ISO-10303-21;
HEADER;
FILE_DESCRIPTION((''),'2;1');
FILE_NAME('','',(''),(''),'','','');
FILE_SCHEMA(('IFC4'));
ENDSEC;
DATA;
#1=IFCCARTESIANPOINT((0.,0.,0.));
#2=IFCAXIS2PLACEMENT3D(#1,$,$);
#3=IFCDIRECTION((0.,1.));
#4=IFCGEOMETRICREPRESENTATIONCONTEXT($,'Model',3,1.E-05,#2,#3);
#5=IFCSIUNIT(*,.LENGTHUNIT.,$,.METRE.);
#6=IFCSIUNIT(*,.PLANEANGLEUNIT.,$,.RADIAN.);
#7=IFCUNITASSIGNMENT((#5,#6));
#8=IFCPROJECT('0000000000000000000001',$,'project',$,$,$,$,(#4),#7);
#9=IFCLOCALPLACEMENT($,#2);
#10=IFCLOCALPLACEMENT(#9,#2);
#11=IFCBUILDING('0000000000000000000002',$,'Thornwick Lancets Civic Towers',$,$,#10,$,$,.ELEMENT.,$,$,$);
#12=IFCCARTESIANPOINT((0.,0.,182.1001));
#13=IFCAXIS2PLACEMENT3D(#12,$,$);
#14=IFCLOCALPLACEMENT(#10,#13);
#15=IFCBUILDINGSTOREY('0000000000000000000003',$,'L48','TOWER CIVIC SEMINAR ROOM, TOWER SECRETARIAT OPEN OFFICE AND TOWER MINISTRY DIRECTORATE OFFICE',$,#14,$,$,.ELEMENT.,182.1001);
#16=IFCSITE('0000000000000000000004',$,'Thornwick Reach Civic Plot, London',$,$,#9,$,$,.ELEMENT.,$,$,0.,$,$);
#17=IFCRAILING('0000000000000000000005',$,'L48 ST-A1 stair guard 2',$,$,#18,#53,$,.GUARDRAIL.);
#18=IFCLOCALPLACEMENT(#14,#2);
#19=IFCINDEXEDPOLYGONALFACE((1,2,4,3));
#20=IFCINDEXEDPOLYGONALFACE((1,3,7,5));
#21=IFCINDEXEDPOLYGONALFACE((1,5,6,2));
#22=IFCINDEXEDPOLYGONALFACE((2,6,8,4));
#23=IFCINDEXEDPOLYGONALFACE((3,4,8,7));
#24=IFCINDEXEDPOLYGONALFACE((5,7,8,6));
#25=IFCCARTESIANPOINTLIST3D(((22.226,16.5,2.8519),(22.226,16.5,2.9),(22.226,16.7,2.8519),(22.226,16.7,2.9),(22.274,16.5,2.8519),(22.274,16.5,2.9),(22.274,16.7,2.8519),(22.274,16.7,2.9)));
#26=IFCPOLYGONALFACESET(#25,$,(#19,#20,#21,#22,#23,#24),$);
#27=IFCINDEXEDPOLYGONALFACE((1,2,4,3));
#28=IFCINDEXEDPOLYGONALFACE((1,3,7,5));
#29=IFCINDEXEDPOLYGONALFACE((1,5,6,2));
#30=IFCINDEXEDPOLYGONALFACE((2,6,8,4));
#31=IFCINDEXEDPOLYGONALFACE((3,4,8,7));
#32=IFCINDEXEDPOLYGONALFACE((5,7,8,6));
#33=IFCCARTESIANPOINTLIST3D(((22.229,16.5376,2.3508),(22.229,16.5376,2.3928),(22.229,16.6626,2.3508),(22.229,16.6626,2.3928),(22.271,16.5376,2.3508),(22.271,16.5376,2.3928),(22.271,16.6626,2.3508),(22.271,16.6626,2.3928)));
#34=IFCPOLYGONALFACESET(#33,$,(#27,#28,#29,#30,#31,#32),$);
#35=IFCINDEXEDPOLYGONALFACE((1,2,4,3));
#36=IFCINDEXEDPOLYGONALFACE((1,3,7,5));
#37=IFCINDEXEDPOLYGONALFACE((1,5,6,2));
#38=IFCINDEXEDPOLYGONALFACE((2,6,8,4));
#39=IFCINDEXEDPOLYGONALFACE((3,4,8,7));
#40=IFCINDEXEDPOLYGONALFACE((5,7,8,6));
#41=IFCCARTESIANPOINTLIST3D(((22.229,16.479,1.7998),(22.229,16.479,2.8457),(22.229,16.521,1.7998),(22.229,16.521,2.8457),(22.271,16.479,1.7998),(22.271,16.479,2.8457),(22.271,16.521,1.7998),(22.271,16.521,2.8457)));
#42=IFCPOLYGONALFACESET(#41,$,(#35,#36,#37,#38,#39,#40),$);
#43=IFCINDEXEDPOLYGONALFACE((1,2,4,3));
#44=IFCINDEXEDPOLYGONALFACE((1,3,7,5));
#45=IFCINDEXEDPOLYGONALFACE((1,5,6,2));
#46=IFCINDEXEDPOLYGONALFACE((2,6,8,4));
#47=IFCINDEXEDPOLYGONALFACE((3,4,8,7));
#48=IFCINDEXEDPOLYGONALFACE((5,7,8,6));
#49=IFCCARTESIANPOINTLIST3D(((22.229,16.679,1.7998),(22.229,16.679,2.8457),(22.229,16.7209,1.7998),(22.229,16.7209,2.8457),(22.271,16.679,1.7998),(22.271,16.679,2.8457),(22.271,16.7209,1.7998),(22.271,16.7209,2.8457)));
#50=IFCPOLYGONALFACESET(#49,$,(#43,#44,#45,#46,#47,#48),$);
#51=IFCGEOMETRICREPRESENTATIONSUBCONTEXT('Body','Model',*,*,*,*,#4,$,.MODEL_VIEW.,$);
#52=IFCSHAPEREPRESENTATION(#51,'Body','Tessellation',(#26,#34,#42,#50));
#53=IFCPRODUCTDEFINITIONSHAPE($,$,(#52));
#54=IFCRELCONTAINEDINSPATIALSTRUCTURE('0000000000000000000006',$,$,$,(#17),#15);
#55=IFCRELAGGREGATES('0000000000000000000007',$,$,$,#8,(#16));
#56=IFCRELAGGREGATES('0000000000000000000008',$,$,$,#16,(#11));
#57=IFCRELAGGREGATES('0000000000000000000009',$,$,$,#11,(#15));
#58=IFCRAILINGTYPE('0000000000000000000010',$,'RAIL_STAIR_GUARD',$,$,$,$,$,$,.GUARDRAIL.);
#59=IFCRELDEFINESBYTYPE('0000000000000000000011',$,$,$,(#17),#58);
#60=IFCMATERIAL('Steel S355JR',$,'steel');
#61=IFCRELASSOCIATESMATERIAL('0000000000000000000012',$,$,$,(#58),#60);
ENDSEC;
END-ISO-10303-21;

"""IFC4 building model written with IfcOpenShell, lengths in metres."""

from ifc_helpers import new_model, si_unit, direction, frame, origin, origin_2d, place, context, subcontext, project, spatial, rectangle, extrude, material, type_object, element, save


model = new_model("IFC4")

# Units and contexts
model_context = context("Model", 3, precision=1e-05, world=origin(), true_north=direction((0.0, 1.0)))
body_context = subcontext(model_context, "Body", "Model", "MODEL_VIEW")
ifc_project = project(units=[si_unit("LENGTHUNIT", "METRE"), si_unit("PLANEANGLEUNIT", "RADIAN")], contexts=[model_context])

# Site, building, storey
site_placement = place(None, origin())
site = spatial("IfcSite", under=ifc_project, at=site_placement, Name="Thornwick Reach Civic Plot, London", CompositionType="ELEMENT", RefElevation=0.0)
building_placement = place(site_placement, origin())
building = spatial("IfcBuilding", under=site, at=building_placement, Name="Thornwick Lancets Civic Towers", CompositionType="ELEMENT")
storey_placement = place(building_placement, frame((0.0, 0.0, 182.1001)))
storey = spatial("IfcBuildingStorey", under=building, at=storey_placement, Name="L48", Description="TOWER CIVIC SEMINAR ROOM, TOWER SECRETARIAT OPEN OFFICE AND TOWER MINISTRY DIRECTORATE OFFICE", CompositionType="ELEMENT", Elevation=182.1001)

# Shared definitions
ifc_material_1 = material(Name="Steel S355JR", Category="steel")

# Railing
railing_type = type_object("IfcRailingType", Name="RAIL_STAIR_GUARD", PredefinedType="GUARDRAIL", material=ifc_material_1)
railing_placement = place(storey_placement, frame((22.25, 16.5, 1.7998)))
element("IfcRailing", 1, at=railing_placement, inside=storey, type_object=railing_type, Name="L48 ST-A1 stair guard 2", PredefinedType="GUARDRAIL", context=body_context, shape_type="SweptSolid", body=[
    extrude(rectangle(XDim=0.0481, YDim=0.0481, at=origin_2d()), frame((0.0, 0.0, 1.0762), z_axis=(0.0, 1.0, 0.0), x_axis=(-1.0, 0.0, 0.0)), (0.0, 0.0, 1.0), 0.2),
    extrude(rectangle(XDim=0.042, YDim=0.042, at=origin_2d()), frame((0.0, 0.0376, 0.572), z_axis=(0.0, 1.0, 0.0), x_axis=(-1.0, 0.0, 0.0)), (0.0, 0.0, 1.0), 0.125),
    extrude(rectangle(XDim=0.042, YDim=0.042, at=origin_2d()), origin(), (0.0, 0.0, 1.0), 1.0459),
    extrude(rectangle(XDim=0.042, YDim=0.042, at=origin_2d()), frame((0.0, 0.2, 0.0)), (0.0, 0.0, 1.0), 1.0459),
])

save(model, "model.ifc")
